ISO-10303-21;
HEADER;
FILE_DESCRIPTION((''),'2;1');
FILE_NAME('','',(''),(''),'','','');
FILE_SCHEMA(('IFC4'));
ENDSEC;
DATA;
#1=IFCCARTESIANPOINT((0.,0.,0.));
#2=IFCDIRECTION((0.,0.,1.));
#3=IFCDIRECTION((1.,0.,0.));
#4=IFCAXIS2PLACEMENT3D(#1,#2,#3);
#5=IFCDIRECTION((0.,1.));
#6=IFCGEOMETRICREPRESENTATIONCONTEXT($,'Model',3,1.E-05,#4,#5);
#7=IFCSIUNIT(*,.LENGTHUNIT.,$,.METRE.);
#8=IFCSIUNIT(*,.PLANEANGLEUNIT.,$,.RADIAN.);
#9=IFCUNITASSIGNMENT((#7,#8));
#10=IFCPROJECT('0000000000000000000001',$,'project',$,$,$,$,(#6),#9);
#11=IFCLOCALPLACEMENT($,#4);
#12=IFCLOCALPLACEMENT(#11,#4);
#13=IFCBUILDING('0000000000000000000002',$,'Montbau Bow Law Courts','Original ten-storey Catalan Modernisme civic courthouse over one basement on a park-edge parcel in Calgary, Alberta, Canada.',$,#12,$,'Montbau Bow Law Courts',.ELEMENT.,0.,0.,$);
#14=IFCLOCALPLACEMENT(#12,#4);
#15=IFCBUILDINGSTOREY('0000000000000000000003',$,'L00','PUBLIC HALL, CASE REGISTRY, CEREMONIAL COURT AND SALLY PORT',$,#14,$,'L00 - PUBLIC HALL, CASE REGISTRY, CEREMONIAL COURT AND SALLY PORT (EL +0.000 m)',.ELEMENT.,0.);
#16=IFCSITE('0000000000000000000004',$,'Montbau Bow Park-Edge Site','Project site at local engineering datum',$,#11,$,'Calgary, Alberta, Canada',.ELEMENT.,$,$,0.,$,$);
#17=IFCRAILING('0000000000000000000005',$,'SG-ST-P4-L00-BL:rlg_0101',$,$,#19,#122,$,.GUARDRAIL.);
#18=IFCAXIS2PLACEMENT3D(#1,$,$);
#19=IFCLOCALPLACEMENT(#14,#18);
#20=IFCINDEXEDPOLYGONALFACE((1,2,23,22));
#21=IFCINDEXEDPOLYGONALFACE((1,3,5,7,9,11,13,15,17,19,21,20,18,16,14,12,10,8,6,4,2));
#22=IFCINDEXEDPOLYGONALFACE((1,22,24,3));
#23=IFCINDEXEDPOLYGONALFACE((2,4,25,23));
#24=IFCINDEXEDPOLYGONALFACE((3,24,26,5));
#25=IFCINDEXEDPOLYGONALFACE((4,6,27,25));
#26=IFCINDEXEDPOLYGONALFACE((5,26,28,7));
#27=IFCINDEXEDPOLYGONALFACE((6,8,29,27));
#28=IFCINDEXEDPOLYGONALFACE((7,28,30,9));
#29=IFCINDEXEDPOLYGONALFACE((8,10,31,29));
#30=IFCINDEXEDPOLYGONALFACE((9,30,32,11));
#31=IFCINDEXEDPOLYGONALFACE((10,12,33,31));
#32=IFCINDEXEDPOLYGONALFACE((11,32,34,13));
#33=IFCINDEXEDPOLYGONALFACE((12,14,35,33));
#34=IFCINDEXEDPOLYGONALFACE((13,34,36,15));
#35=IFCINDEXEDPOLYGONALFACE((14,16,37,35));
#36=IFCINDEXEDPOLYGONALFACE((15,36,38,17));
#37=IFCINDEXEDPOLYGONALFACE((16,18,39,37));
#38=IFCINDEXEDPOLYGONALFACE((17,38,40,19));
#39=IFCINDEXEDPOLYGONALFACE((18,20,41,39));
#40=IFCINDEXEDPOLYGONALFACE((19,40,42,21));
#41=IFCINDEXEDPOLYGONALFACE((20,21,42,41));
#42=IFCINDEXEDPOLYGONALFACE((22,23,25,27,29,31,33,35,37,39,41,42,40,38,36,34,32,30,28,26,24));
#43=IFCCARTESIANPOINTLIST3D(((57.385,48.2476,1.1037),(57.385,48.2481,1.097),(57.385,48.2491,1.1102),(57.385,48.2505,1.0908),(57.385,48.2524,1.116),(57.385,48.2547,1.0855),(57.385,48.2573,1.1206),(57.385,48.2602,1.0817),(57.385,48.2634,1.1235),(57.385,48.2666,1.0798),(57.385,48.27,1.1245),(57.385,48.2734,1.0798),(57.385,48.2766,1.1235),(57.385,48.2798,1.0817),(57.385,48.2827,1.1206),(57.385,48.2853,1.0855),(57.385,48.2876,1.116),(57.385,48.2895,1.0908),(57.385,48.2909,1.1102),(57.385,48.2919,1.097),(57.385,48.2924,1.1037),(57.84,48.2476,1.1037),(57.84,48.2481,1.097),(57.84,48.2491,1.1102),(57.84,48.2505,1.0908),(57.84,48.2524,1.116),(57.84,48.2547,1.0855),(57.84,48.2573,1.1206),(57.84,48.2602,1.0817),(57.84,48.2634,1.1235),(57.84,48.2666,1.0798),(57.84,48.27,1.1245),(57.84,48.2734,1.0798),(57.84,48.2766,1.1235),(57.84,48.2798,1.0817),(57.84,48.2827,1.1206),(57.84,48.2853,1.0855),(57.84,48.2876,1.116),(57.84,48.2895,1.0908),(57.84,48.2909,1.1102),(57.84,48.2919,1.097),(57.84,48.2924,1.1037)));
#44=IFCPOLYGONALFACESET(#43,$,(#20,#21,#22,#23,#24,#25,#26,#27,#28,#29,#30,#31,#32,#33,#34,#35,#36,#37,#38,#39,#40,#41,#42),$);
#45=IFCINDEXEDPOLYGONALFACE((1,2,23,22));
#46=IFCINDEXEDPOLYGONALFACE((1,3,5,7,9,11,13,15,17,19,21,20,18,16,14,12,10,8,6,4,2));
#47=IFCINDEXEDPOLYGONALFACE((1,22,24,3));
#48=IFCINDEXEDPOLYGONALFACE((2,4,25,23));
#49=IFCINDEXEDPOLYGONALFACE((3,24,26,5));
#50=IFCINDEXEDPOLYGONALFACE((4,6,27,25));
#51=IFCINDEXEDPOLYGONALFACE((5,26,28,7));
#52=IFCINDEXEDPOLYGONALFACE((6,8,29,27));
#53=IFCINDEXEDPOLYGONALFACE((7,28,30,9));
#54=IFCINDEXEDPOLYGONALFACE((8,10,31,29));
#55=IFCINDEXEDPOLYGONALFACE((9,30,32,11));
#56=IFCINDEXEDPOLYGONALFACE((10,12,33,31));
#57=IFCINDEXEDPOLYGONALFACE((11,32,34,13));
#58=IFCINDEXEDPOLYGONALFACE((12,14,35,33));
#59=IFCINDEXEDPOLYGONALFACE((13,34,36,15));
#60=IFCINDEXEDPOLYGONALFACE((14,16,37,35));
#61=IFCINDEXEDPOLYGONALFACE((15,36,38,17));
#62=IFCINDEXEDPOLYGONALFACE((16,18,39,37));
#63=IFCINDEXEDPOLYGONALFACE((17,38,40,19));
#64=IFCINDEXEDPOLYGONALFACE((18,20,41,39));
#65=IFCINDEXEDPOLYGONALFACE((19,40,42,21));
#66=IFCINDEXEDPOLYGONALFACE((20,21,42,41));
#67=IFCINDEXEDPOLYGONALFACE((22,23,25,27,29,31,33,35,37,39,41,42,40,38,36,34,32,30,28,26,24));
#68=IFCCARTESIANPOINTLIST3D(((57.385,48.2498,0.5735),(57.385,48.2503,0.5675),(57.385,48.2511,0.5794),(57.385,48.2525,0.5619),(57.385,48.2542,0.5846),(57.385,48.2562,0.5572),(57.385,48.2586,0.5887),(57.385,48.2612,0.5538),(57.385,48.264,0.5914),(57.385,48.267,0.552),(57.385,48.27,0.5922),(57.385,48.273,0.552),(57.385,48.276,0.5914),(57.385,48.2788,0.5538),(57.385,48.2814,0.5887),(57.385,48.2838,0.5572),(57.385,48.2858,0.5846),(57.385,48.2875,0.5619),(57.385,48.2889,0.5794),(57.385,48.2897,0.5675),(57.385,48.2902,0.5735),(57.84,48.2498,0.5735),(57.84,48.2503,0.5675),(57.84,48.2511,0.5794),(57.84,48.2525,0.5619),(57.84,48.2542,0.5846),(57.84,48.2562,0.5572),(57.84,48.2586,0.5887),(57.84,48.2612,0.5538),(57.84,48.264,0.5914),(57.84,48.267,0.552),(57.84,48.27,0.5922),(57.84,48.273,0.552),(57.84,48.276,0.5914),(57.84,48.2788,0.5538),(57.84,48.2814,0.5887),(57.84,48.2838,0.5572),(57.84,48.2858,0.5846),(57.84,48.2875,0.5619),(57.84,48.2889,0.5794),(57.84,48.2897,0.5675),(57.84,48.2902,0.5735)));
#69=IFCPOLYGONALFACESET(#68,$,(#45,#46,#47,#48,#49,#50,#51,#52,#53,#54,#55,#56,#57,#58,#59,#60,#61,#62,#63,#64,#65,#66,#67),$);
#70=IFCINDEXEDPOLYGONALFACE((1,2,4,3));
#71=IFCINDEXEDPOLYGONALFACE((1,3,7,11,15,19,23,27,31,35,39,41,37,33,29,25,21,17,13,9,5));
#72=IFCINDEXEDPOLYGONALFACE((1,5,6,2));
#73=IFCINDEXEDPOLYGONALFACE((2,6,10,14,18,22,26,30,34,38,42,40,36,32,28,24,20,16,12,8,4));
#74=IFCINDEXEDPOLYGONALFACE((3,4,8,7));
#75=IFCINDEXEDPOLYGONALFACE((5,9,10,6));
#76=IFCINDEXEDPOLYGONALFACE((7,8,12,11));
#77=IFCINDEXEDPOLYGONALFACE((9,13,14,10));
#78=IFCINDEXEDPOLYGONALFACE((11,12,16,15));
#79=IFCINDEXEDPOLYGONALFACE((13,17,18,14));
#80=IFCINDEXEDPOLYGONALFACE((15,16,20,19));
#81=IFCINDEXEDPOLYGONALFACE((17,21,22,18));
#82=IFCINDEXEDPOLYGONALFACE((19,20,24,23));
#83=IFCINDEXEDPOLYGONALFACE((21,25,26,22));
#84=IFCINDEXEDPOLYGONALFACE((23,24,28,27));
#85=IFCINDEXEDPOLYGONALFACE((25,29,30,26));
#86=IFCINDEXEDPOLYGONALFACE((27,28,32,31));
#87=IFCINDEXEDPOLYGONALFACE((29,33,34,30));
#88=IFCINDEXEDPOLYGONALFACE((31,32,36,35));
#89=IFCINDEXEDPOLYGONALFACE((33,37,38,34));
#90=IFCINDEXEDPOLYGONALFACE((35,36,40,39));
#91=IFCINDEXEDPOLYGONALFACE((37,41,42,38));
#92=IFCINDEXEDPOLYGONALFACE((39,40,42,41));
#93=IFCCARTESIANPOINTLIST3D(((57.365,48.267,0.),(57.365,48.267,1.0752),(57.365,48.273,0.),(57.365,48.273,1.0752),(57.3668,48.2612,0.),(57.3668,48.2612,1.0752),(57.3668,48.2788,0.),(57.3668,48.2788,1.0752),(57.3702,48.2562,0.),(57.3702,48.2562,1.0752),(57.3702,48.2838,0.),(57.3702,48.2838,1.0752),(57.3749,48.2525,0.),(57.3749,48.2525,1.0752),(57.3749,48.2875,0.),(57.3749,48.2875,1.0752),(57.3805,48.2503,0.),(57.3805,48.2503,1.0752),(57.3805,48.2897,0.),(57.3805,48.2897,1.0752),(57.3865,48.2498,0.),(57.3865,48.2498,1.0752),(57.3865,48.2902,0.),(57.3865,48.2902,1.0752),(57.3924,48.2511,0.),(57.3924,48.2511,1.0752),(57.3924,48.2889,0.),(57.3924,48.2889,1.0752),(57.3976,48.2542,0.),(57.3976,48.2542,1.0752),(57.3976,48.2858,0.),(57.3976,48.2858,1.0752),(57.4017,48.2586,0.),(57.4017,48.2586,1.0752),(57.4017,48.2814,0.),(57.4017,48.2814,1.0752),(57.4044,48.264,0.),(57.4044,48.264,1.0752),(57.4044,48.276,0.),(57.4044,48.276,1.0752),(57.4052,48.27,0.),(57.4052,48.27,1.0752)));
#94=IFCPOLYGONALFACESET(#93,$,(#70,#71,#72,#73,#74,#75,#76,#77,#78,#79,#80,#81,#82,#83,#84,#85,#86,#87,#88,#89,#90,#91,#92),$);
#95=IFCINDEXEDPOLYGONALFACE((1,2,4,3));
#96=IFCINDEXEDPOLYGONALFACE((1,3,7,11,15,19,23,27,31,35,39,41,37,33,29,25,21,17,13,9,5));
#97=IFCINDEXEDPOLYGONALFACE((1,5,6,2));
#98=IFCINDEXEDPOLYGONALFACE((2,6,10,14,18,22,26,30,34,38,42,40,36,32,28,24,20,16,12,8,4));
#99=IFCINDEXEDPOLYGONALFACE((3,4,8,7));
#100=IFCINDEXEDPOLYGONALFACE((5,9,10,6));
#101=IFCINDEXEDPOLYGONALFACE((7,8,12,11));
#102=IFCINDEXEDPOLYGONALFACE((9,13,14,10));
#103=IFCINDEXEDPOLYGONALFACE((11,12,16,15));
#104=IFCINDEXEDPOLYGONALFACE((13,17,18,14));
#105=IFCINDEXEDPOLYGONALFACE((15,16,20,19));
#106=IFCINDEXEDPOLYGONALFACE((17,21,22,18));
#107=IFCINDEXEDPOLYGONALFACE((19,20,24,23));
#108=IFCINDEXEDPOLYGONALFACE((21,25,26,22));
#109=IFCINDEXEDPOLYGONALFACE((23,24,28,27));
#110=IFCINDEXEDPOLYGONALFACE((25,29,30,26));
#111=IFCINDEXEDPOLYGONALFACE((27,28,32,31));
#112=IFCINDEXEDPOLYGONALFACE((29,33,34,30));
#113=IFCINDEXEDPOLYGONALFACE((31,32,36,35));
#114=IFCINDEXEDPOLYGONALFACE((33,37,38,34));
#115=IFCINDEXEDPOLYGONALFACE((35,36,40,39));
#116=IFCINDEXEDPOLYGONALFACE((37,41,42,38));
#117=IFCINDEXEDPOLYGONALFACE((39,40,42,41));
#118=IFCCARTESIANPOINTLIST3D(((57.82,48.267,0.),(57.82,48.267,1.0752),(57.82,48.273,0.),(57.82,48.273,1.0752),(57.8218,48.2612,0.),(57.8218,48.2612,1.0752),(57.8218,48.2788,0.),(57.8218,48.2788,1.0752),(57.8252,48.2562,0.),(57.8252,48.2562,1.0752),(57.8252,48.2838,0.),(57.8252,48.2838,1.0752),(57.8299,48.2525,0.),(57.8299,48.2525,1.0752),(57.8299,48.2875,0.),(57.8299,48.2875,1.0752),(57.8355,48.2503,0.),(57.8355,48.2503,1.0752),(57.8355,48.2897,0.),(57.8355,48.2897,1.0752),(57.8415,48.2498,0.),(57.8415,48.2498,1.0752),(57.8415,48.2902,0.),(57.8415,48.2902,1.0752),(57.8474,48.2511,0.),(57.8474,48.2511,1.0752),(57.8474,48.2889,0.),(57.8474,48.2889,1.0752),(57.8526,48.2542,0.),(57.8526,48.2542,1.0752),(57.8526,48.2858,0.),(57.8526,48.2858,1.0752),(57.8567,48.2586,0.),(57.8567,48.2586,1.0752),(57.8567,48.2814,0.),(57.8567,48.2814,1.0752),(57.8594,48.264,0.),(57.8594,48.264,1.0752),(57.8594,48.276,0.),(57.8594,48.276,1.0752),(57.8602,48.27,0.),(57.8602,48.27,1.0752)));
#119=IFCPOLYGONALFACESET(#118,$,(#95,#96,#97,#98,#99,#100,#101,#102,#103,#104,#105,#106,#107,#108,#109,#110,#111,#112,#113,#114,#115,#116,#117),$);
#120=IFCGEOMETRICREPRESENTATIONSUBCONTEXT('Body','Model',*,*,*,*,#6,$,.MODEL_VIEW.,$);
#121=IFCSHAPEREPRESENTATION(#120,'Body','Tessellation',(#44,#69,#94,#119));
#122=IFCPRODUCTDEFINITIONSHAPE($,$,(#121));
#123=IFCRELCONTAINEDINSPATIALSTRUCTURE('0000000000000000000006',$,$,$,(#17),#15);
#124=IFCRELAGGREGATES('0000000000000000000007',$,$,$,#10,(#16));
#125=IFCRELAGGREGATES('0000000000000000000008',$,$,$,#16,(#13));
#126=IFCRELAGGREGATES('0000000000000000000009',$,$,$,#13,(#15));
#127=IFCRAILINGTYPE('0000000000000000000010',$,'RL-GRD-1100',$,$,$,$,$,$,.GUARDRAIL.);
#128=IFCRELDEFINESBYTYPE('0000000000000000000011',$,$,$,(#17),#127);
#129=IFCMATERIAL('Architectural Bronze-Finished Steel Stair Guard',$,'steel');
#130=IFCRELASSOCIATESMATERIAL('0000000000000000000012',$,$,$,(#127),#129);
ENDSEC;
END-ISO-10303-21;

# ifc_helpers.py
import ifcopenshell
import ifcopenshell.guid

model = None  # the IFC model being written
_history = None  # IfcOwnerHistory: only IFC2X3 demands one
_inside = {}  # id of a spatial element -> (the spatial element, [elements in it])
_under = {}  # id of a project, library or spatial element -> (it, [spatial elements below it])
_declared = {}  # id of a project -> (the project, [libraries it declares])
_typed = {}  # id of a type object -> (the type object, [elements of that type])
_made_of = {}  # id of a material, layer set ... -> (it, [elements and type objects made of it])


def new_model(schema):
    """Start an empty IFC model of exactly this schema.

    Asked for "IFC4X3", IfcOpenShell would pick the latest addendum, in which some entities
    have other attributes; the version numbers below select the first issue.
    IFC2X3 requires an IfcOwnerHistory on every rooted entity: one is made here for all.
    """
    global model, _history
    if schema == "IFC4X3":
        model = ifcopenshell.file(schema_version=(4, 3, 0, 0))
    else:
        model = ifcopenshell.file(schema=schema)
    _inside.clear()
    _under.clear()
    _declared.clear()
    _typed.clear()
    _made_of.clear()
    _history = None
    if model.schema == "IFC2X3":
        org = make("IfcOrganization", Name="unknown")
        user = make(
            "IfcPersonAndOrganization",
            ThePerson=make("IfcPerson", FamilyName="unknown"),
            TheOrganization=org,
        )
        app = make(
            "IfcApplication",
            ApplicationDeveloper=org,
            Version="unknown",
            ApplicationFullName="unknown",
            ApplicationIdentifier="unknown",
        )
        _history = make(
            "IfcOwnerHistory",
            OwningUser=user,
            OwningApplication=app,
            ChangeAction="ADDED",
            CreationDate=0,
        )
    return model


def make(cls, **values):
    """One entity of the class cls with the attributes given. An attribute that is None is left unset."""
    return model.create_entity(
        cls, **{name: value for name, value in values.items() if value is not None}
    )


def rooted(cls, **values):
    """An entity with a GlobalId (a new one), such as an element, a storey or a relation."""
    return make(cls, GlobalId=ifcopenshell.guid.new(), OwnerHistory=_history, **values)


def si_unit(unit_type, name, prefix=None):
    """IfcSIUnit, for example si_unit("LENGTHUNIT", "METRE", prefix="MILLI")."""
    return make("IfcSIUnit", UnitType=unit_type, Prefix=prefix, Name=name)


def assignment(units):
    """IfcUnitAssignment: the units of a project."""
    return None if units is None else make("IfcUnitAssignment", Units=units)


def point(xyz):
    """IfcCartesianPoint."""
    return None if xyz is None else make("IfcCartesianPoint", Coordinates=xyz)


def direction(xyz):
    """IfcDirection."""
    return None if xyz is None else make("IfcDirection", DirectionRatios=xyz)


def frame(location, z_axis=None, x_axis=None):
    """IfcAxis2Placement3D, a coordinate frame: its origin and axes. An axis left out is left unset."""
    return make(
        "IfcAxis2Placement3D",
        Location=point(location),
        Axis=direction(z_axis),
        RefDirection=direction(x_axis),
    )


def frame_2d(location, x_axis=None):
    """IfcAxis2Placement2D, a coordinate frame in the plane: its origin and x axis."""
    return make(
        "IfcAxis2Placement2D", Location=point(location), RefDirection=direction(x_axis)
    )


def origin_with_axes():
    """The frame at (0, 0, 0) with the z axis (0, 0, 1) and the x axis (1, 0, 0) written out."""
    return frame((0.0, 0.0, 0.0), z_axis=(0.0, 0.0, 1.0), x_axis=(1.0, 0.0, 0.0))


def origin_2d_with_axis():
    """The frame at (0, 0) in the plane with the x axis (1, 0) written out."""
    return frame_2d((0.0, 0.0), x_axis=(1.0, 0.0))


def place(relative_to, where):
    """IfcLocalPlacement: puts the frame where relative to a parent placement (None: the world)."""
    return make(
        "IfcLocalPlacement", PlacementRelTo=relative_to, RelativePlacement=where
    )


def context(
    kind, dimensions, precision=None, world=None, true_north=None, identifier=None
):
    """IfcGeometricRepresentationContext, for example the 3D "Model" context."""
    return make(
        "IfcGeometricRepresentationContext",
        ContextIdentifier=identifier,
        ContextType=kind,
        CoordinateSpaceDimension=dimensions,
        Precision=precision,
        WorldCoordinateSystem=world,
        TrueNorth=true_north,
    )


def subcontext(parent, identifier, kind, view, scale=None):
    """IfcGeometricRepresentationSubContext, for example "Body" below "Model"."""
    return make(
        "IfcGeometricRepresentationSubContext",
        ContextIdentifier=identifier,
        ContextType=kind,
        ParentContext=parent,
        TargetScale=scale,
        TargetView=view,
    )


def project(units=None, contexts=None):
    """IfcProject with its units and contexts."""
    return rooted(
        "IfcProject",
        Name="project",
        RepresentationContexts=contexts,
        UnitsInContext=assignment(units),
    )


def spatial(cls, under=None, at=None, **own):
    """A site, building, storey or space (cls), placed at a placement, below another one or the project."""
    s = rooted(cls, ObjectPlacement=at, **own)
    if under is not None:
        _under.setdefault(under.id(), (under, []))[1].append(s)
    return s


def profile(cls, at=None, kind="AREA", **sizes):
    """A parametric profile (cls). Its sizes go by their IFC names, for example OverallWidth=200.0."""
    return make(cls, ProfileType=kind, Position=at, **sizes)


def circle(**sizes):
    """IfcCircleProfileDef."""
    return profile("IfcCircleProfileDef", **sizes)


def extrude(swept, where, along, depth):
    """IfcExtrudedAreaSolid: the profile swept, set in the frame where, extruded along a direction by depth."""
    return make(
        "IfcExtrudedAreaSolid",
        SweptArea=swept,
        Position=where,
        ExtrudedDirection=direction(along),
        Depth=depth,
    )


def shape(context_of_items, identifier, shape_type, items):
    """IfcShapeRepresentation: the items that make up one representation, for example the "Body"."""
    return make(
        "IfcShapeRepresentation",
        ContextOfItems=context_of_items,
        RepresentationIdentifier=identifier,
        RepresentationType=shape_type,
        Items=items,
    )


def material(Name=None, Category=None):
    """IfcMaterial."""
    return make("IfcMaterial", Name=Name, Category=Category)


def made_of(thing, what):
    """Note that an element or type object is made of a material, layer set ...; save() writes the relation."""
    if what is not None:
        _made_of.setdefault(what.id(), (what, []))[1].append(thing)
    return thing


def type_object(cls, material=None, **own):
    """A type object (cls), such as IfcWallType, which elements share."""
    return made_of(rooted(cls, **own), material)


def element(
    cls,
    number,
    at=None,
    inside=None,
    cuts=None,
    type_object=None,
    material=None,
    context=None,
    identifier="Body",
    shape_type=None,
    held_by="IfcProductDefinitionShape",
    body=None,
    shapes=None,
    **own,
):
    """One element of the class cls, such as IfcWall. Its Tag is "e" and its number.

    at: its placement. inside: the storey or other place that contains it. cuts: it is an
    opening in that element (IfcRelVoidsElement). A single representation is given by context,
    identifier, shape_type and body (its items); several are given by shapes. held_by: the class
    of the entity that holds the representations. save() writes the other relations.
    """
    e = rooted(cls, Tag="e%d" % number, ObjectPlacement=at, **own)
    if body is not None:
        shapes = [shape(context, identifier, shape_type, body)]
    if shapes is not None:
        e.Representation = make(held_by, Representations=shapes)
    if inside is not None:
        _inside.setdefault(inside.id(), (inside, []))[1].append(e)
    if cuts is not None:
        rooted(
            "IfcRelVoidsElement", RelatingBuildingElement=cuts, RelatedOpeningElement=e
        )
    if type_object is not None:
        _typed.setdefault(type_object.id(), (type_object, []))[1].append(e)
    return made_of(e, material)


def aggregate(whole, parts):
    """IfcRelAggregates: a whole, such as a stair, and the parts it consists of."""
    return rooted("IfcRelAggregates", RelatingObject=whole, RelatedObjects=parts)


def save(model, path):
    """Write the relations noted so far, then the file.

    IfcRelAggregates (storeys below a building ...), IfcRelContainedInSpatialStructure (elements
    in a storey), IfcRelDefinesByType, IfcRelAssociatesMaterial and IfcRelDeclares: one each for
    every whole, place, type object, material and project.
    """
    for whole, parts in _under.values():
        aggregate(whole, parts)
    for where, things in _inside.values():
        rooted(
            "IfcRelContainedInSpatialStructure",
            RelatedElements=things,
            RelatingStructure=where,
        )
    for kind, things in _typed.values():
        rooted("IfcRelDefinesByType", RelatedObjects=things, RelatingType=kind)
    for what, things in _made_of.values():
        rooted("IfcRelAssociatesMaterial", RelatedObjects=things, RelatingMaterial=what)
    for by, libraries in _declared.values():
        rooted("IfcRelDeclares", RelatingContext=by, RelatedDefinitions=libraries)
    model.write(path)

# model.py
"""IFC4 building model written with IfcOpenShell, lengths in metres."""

from ifc_helpers import new_model, si_unit, direction, frame, origin_with_axes, origin_2d_with_axis, place, context, subcontext, project, spatial, circle, extrude, material, type_object, element, save


model = new_model("IFC4")

# Units and contexts
model_context = context("Model", 3, precision=1e-05, world=origin_with_axes(), true_north=direction((0.0, 1.0)))
body_context = subcontext(model_context, "Body", "Model", "MODEL_VIEW")
ifc_project = project(units=[si_unit("LENGTHUNIT", "METRE"), si_unit("PLANEANGLEUNIT", "RADIAN")], contexts=[model_context])

# Site, building, storey
site_placement = place(None, origin_with_axes())
site = spatial("IfcSite", under=ifc_project, at=site_placement, Name="Montbau Bow Park-Edge Site", Description="Project site at local engineering datum", LongName="Calgary, Alberta, Canada", CompositionType="ELEMENT", RefElevation=0.0)
building_placement = place(site_placement, origin_with_axes())
building = spatial("IfcBuilding", under=site, at=building_placement, Name="Montbau Bow Law Courts", Description="Original ten-storey Catalan Modernisme civic courthouse over one basement on a park-edge parcel in Calgary, Alberta, Canada.", LongName="Montbau Bow Law Courts", CompositionType="ELEMENT", ElevationOfRefHeight=0.0, ElevationOfTerrain=0.0)
storey_placement = place(building_placement, origin_with_axes())
storey = spatial("IfcBuildingStorey", under=building, at=storey_placement, Name="L00", Description="PUBLIC HALL, CASE REGISTRY, CEREMONIAL COURT AND SALLY PORT", LongName="L00 - PUBLIC HALL, CASE REGISTRY, CEREMONIAL COURT AND SALLY PORT (EL +0.000 m)", CompositionType="ELEMENT", Elevation=0.0)

# Railing
ifc_material_1 = material(Name="Architectural Bronze-Finished Steel Stair Guard", Category="steel")
railing_type_1 = type_object("IfcRailingType", Name="RL-GRD-1100", PredefinedType="GUARDRAIL", material=ifc_material_1)
railing_1_placement = place(None, origin_with_axes())
element("IfcRailing", 1, at=railing_1_placement, inside=storey, type_object=railing_type_1, Name="SG-ST-P4-L00-BL:rlg_0101", PredefinedType="GUARDRAIL", context=body_context, shape_type="SweptSolid", body=[
    extrude(circle(Radius=0.0225, at=origin_2d_with_axis()), frame((57.385, 48.27, 1.102), z_axis=(1.0, 0.0, 0.0), x_axis=(0.0, 0.0, 1.0)), (0.0, 0.0, 1.0), 0.455),
    extrude(circle(Radius=0.0203, at=origin_2d_with_axis()), frame((57.385, 48.27, 0.572), z_axis=(1.0, 0.0, 0.0), x_axis=(0.0, 0.0, 1.0)), (0.0, 0.0, 1.0), 0.455),
    extrude(circle(Radius=0.0203, at=origin_2d_with_axis()), frame((57.385, 48.27, 0.0), z_axis=(0.0, 0.0, 1.0), x_axis=(1.0, 0.0, 0.0)), (0.0, 0.0, 1.0), 1.0753),
    extrude(circle(Radius=0.0203, at=origin_2d_with_axis()), frame((57.84, 48.27, 0.0), z_axis=(0.0, 0.0, 1.0), x_axis=(1.0, 0.0, 0.0)), (0.0, 0.0, 1.0), 1.0753),
])

save(model, "model.ifc")
